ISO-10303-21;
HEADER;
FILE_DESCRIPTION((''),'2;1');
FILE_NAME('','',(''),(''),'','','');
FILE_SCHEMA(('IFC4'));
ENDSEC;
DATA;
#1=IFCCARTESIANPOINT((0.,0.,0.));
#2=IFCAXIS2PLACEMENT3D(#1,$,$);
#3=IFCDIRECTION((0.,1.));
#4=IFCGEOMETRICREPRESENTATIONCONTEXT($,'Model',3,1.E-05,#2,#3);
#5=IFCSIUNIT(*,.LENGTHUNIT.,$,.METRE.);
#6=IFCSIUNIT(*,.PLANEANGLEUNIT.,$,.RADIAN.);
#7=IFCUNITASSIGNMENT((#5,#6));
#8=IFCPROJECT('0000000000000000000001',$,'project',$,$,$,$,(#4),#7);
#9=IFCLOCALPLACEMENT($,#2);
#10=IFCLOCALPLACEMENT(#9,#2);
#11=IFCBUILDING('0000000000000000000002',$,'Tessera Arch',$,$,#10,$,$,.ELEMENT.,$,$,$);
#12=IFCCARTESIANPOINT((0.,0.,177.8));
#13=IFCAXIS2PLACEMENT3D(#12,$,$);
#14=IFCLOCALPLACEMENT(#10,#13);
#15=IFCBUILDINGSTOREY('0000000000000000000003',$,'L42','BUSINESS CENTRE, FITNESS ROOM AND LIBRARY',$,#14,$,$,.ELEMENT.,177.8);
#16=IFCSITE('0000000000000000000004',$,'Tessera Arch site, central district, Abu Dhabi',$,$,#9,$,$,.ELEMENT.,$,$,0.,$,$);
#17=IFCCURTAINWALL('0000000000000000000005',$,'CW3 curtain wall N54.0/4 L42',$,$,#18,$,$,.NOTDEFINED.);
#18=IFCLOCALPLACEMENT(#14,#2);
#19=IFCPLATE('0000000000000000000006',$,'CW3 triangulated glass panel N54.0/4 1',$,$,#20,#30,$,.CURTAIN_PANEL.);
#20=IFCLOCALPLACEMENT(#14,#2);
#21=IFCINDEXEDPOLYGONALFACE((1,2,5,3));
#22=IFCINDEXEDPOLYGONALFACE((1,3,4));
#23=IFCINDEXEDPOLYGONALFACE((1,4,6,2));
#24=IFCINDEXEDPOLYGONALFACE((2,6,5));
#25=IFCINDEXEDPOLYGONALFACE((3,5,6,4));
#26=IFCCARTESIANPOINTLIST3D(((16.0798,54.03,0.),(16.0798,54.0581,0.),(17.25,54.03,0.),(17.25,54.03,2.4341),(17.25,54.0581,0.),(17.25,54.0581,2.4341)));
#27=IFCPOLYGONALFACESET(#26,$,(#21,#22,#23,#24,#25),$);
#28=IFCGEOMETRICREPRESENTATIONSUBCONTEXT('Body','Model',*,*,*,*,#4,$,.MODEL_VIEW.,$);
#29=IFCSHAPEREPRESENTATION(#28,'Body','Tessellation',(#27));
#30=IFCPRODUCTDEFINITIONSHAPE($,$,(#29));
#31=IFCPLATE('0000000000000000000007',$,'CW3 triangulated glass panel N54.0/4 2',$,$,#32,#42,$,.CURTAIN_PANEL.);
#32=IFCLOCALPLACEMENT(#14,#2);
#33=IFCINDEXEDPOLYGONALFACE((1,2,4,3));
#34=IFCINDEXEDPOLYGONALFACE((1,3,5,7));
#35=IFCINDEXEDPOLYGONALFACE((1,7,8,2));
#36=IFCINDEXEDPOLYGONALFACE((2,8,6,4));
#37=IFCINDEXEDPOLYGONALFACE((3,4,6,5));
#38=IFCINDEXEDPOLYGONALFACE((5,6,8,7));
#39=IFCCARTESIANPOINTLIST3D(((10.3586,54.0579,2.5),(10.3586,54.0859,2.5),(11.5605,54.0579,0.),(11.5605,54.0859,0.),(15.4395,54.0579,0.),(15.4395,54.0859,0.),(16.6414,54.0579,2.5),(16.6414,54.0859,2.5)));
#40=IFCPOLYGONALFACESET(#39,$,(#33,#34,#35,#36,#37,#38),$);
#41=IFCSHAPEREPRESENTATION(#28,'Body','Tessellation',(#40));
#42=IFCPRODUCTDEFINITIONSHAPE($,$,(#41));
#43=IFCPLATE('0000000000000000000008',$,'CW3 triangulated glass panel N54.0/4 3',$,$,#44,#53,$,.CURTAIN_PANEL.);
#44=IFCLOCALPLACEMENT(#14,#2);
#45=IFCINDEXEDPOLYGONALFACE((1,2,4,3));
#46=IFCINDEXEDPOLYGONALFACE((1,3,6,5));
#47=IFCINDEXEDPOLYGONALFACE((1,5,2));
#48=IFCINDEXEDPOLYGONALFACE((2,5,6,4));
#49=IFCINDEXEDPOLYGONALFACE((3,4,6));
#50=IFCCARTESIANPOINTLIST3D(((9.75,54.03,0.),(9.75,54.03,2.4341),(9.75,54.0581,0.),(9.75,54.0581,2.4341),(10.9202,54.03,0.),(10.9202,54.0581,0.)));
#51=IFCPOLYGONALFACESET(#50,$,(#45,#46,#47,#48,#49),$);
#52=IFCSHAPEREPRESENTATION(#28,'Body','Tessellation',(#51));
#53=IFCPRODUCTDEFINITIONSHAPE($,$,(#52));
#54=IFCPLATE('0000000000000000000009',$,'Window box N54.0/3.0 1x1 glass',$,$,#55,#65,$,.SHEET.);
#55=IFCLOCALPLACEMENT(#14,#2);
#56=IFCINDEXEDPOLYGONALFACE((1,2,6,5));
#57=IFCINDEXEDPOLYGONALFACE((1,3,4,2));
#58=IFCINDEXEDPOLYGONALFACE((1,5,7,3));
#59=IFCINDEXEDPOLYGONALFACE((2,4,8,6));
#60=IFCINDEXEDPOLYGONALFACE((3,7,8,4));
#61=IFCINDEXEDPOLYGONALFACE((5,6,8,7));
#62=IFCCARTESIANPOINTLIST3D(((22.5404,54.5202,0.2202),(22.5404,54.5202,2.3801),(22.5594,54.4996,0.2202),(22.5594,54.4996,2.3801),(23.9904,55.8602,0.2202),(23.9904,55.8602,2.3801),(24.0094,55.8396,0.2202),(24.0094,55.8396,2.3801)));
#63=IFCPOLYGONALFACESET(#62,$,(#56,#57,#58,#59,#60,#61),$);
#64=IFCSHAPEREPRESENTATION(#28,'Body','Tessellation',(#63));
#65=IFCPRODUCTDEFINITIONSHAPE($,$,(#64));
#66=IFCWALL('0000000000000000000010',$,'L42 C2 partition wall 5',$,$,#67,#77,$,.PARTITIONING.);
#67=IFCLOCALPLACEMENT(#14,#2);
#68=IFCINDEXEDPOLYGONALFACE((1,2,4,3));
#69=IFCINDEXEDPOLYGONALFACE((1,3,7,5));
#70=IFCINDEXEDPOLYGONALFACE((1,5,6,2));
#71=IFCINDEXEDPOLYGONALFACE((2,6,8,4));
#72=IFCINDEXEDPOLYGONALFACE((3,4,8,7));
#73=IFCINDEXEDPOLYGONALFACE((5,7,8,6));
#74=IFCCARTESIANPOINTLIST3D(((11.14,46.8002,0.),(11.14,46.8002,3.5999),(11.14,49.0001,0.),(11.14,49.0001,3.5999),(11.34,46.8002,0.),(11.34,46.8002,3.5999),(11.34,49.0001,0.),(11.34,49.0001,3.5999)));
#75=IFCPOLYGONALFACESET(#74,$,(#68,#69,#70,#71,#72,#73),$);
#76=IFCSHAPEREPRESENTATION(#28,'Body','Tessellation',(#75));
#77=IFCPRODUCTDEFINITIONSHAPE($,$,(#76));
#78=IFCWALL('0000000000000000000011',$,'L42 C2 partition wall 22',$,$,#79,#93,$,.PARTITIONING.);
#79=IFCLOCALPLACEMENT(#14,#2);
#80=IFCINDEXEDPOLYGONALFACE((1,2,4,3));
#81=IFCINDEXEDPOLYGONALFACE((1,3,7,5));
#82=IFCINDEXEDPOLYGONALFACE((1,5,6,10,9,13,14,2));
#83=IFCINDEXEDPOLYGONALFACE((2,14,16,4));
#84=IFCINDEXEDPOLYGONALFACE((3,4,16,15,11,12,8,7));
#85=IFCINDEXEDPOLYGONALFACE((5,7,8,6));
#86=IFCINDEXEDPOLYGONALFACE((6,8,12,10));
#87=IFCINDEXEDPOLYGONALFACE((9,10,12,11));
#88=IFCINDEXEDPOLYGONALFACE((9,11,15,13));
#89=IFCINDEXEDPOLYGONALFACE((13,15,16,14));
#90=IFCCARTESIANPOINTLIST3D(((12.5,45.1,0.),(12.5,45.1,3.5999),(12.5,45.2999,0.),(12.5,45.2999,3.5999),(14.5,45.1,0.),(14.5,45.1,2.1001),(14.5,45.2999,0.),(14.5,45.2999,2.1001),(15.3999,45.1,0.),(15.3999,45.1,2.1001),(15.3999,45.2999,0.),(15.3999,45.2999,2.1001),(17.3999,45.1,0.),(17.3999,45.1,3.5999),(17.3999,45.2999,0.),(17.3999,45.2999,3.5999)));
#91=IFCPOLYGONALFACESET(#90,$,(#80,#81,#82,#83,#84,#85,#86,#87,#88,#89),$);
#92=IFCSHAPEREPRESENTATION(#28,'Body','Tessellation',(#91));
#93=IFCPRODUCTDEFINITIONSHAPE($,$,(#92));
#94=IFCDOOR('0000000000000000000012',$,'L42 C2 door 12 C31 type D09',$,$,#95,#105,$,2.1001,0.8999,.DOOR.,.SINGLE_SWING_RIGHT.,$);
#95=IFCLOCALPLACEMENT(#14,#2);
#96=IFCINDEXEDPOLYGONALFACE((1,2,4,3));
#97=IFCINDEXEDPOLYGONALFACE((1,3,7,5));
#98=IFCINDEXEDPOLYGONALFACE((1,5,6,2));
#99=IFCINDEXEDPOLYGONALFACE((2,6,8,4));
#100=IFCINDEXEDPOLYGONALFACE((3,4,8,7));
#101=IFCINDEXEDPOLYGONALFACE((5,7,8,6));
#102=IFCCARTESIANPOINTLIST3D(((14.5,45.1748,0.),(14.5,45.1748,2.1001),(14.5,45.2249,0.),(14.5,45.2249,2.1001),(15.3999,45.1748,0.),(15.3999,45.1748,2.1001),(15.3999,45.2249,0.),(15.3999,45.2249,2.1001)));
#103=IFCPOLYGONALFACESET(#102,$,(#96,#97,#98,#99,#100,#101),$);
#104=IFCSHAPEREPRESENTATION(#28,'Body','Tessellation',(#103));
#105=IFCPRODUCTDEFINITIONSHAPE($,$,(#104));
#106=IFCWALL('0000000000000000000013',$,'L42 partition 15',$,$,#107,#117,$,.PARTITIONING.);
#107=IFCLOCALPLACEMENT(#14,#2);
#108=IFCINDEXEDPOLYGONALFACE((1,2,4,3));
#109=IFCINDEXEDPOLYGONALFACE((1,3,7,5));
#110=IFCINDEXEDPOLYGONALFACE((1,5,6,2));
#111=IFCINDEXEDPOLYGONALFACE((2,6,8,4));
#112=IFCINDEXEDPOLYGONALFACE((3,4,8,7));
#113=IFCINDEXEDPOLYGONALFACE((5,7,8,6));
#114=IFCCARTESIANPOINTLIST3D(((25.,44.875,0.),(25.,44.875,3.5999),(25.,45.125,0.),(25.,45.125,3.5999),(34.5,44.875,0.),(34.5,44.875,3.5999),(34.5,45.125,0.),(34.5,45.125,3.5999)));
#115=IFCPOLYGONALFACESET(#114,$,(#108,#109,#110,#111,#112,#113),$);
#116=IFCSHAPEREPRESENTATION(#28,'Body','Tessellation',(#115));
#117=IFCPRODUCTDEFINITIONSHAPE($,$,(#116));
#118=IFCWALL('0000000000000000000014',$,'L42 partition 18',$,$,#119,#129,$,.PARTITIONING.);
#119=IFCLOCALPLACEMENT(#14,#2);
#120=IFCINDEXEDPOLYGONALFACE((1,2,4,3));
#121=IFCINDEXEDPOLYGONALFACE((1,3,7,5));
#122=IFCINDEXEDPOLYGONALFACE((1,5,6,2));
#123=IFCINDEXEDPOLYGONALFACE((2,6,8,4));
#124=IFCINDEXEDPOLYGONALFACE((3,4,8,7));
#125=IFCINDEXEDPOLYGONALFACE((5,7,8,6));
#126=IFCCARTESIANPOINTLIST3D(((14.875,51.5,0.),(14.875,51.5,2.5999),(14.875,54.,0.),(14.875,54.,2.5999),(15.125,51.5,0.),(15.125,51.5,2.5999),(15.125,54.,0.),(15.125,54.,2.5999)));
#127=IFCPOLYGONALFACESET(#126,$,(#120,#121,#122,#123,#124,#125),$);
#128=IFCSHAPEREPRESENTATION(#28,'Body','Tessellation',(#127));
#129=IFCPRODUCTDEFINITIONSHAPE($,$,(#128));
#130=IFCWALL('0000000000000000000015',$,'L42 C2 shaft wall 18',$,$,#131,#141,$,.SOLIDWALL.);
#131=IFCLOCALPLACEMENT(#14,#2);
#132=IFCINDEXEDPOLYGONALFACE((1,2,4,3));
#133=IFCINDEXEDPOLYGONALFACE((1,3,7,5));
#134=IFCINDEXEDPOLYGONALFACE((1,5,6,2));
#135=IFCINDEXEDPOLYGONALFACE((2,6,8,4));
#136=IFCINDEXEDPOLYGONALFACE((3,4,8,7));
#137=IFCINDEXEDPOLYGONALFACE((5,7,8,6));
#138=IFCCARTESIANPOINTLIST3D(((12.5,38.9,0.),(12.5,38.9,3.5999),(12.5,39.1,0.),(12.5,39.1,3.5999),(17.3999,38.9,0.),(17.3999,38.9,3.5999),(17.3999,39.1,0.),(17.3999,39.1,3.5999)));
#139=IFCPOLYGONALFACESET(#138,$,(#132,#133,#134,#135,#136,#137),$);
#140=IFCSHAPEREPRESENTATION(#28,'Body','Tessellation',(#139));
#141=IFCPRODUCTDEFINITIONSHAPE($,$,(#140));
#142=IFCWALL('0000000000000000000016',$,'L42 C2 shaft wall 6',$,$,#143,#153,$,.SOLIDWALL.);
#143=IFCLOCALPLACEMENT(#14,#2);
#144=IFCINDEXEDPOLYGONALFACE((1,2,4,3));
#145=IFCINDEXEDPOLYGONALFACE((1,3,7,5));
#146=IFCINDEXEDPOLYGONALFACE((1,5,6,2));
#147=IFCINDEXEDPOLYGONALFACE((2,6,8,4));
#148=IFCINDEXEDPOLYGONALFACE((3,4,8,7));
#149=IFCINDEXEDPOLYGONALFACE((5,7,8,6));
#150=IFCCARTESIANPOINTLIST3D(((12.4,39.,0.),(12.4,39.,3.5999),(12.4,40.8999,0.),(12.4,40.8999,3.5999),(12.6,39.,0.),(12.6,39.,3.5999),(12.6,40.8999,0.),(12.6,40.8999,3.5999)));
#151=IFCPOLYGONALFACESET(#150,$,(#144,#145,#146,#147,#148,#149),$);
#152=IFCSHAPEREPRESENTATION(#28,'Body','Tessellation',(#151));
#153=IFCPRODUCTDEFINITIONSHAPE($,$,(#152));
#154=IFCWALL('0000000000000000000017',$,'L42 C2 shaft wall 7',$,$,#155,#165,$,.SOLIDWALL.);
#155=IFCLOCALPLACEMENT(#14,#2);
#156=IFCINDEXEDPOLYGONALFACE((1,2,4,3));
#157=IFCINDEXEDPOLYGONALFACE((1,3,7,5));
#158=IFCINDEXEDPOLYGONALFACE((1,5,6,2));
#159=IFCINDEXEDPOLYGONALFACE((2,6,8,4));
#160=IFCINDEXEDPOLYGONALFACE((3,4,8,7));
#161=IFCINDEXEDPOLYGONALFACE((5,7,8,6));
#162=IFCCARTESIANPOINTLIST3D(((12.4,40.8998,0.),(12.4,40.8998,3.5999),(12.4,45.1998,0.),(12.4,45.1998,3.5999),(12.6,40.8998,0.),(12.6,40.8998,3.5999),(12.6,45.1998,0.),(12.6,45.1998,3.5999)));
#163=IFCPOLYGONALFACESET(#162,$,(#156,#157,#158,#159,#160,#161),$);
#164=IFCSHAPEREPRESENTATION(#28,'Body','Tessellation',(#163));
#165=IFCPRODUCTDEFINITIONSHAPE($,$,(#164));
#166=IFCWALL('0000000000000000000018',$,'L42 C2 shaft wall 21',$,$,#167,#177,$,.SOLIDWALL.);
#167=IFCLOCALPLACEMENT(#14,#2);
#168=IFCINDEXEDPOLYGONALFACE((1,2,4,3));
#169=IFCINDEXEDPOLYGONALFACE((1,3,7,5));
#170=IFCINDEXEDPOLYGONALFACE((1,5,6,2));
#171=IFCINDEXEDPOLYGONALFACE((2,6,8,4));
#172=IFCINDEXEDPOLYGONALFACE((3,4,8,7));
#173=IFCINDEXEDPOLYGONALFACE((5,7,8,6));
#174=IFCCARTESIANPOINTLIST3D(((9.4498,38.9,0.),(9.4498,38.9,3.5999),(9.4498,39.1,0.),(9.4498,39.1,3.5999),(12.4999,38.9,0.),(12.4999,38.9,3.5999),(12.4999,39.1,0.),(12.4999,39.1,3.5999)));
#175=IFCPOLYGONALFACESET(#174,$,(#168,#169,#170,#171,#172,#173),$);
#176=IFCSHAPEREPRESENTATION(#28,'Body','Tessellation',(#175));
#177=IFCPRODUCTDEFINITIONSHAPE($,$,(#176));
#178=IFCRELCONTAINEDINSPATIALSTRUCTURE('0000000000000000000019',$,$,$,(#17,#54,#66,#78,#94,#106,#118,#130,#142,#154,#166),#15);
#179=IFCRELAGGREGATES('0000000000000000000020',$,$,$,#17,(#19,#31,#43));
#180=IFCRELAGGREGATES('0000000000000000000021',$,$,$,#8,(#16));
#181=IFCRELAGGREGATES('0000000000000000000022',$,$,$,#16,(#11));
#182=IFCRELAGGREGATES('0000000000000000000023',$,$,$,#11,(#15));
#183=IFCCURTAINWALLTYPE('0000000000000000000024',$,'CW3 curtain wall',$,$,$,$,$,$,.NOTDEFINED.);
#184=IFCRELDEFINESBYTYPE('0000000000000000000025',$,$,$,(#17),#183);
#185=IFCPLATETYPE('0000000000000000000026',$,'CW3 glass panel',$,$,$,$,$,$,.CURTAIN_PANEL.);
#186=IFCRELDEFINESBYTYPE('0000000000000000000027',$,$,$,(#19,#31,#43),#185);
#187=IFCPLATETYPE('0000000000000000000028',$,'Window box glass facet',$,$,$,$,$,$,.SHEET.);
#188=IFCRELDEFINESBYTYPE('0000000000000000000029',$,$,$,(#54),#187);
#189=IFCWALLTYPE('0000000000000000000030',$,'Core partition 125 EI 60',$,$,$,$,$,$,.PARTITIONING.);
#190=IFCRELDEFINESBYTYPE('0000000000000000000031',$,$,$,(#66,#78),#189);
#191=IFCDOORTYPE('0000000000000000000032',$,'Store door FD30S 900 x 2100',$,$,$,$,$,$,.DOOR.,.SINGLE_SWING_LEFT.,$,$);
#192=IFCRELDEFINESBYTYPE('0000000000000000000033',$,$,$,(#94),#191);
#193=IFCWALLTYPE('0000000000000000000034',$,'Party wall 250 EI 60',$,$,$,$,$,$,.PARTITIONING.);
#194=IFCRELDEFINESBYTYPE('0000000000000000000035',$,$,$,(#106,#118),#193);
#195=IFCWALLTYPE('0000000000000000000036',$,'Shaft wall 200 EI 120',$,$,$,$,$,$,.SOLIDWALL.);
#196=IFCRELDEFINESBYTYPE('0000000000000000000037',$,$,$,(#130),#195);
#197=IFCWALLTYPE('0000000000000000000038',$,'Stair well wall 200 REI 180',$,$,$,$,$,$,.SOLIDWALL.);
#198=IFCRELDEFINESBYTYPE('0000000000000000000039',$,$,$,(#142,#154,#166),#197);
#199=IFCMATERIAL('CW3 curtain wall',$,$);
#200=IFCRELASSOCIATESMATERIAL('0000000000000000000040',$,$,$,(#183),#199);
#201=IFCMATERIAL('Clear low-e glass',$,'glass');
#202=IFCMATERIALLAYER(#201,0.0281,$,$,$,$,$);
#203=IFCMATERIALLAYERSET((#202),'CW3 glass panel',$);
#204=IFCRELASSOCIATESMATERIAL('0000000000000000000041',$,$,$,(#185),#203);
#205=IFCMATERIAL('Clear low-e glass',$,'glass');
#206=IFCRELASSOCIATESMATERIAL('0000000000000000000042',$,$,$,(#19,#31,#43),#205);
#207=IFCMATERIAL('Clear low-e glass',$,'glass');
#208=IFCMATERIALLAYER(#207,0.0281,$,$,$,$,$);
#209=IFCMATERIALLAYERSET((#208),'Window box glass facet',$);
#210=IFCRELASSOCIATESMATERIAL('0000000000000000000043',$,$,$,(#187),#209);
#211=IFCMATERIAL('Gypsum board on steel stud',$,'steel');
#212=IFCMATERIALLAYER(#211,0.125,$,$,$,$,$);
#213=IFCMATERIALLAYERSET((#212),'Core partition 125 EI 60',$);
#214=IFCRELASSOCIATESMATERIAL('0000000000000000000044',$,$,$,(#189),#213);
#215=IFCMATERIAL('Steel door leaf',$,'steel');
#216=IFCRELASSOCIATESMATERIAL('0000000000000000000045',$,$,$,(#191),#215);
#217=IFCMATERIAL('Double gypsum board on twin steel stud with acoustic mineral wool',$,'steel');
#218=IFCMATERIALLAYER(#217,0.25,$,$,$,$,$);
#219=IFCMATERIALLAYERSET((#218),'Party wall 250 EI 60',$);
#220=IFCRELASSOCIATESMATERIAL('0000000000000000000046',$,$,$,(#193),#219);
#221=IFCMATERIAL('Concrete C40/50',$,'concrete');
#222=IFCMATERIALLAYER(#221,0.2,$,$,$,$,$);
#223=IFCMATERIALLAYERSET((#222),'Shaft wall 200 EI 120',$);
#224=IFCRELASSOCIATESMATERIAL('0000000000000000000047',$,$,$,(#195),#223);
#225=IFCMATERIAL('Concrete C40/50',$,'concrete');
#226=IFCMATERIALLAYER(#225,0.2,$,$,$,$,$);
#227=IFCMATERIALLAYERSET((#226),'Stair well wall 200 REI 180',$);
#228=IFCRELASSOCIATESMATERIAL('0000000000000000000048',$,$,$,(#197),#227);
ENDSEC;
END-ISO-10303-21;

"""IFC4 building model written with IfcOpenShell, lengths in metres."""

from ifc_helpers import new_model, si_unit, direction, frame, frame_2d, origin, origin_2d, place, context, subcontext, project, spatial, polyline, rectangle, outline, extrude, material, layer, layer_set, type_object, element, fill, aggregate, save


model = new_model("IFC4")

# Units and contexts
model_context = context("Model", 3, precision=1e-05, world=origin(), true_north=direction((0.0, 1.0)))
body_context = subcontext(model_context, "Body", "Model", "MODEL_VIEW")
ifc_project = project(units=[si_unit("LENGTHUNIT", "METRE"), si_unit("PLANEANGLEUNIT", "RADIAN")], contexts=[model_context])

# Site, building, storey
site_placement = place(None, origin())
site = spatial("IfcSite", under=ifc_project, at=site_placement, Name="Tessera Arch site, central district, Abu Dhabi", CompositionType="ELEMENT", RefElevation=0.0)
building_placement = place(site_placement, origin())
building = spatial("IfcBuilding", under=site, at=building_placement, Name="Tessera Arch", CompositionType="ELEMENT")
storey_placement = place(building_placement, frame((0.0, 0.0, 177.8)))
storey = spatial("IfcBuildingStorey", under=building, at=storey_placement, Name="L42", Description="BUSINESS CENTRE, FITNESS ROOM AND LIBRARY", CompositionType="ELEMENT", Elevation=177.8)

# Curtain wall
ifc_material_1 = material(Name="CW3 curtain wall")
curtain_wall_type_1 = type_object("IfcCurtainWallType", Name="CW3 curtain wall", PredefinedType="NOTDEFINED", material=ifc_material_1)
curtain_wall_1_placement = place(storey_placement, origin())
curtain_wall_1 = element("IfcCurtainWall", 1, at=curtain_wall_1_placement, inside=storey, type_object=curtain_wall_type_1, Name="CW3 curtain wall N54.0/4 L42", PredefinedType="NOTDEFINED")

# Plates
ifc_material_2 = material(Name="Clear low-e glass", Category="glass")
ifc_material_3 = material(Name="Clear low-e glass", Category="glass")
ifc_layer_1 = layer(ifc_material_3, 0.0281)
ifc_layer_set_1 = layer_set([ifc_layer_1], Name="CW3 glass panel")
plate_type_1 = type_object("IfcPlateType", Name="CW3 glass panel", PredefinedType="CURTAIN_PANEL", material=ifc_layer_set_1)
plate_1_placement = place(storey_placement, frame((17.25, 54.0581, 0.0), z_axis=(0.0, 1.0, 0.0), x_axis=(-1.0, 0.0, 0.0)))
plate_1 = element("IfcPlate", 2, at=plate_1_placement, type_object=plate_type_1, material=ifc_material_2, Name="CW3 triangulated glass panel N54.0/4 1", PredefinedType="CURTAIN_PANEL", context=body_context, shape_type="SweptSolid", body=[
    extrude(outline(polyline([(0.0, 0.0), (1.1702, 0.0), (0.0, 2.4341), (0.0, 0.0)])), origin(), (0.0, 0.0, -1.0), 0.0281),
])
plate_2_placement = place(storey_placement, frame((10.3586, 54.0859, 2.5), z_axis=(0.0, 1.0, 0.0), x_axis=(1.0, 0.0, 0.0)))
plate_2 = element("IfcPlate", 3, at=plate_2_placement, type_object=plate_type_1, material=ifc_material_2, Name="CW3 triangulated glass panel N54.0/4 2", PredefinedType="CURTAIN_PANEL", context=body_context, shape_type="SweptSolid", body=[
    extrude(outline(polyline([(0.0, 0.0), (6.2827, 0.0), (5.0808, 2.5), (1.2019, 2.5), (0.0, 0.0)])), origin(), (0.0, 0.0, -1.0), 0.0281),
])
plate_3_placement = place(storey_placement, frame((9.75, 54.0581, 0.0), z_axis=(0.0, 1.0, 0.0), x_axis=(0.0, 0.0, 1.0)))
plate_3 = element("IfcPlate", 4, at=plate_3_placement, type_object=plate_type_1, material=ifc_material_2, Name="CW3 triangulated glass panel N54.0/4 3", PredefinedType="CURTAIN_PANEL", context=body_context, shape_type="SweptSolid", body=[
    extrude(outline(polyline([(0.0, 0.0), (2.4341, 0.0), (0.0, 1.1702), (0.0, 0.0)])), origin(), (0.0, 0.0, -1.0), 0.0281),
])
aggregate(curtain_wall_1, [plate_1, plate_2, plate_3])
ifc_material_4 = material(Name="Clear low-e glass", Category="glass")
ifc_layer_2 = layer(ifc_material_4, 0.0281)
ifc_layer_set_2 = layer_set([ifc_layer_2], Name="Window box glass facet")
plate_type_2 = type_object("IfcPlateType", Name="Window box glass facet", PredefinedType="SHEET", material=ifc_layer_set_2)
plate_4_placement = place(storey_placement, frame((23.2749, 55.1799, 0.2202), z_axis=(0.0, 0.0, 1.0), x_axis=(0.734415, 0.678701, 0.0)))
element("IfcPlate", 5, at=plate_4_placement, inside=storey, type_object=plate_type_2, Name="Window box N54.0/3.0 1x1 glass", PredefinedType="SHEET", context=body_context, shape_type="SweptSolid", body=[
    extrude(rectangle(XDim=1.9744, YDim=0.0281, at=origin_2d()), origin(), (0.0, 0.0, 1.0), 2.1599),
])

# Wall
ifc_material_5 = material(Name="Gypsum board on steel stud", Category="steel")
ifc_layer_3 = layer(ifc_material_5, 0.125)
ifc_layer_set_3 = layer_set([ifc_layer_3], Name="Core partition 125 EI 60")
wall_type_1 = type_object("IfcWallType", Name="Core partition 125 EI 60", PredefinedType="PARTITIONING", material=ifc_layer_set_3)
wall_1_placement = place(storey_placement, frame((11.24, 46.8, 0.0), z_axis=(0.0, 0.0, 1.0), x_axis=(0.0, 1.0, 0.0)))
element("IfcWall", 6, at=wall_1_placement, inside=storey, type_object=wall_type_1, Name="L42 C2 partition wall 5", PredefinedType="PARTITIONING", context=body_context, shape_type="SweptSolid", body=[
    extrude(rectangle(XDim=2.2, YDim=0.2, at=frame_2d((1.1001, 0.0))), origin(), (0.0, 0.0, 1.0), 3.5999),
])

# Wall, opening, door
wall_2_placement = place(storey_placement, frame((12.5, 45.2, 0.0), z_axis=(0.0, 0.0, 1.0), x_axis=(1.0, 0.0, 0.0)))
wall_2 = element("IfcWall", 7, at=wall_2_placement, inside=storey, type_object=wall_type_1, Name="L42 C2 partition wall 22", PredefinedType="PARTITIONING", context=body_context, shape_type="SweptSolid", body=[
    extrude(rectangle(XDim=4.8999, YDim=0.2, at=frame_2d((2.45, 0.0))), origin(), (0.0, 0.0, 1.0), 3.5999),
])
opening_placement = place(wall_2_placement, frame((2.0, 0.0, 0.0)))
opening = element("IfcOpeningElement", 8, at=opening_placement, cuts=wall_2, PredefinedType="OPENING", context=body_context, shape_type="SweptSolid", body=[
    extrude(rectangle(XDim=0.8999, YDim=2.1001, at=frame_2d((0.45, 1.05))), frame((0.0, 0.1099, 0.0), z_axis=(0.0, -1.0, 0.0), x_axis=(1.0, 0.0, 0.0)), (0.0, 0.0, 1.0), 0.22),
])
ifc_material_6 = material(Name="Steel door leaf", Category="steel")
door_type = type_object("IfcDoorType", Name="Store door FD30S 900 x 2100", OperationType="SINGLE_SWING_LEFT", PredefinedType="DOOR", material=ifc_material_6)
door_placement = place(opening_placement, origin())
door = element("IfcDoor", 9, at=door_placement, inside=storey, type_object=door_type, Name="L42 C2 door 12 C31 type D09", OperationType="SINGLE_SWING_RIGHT", OverallHeight=2.1001, OverallWidth=0.8999, PredefinedType="DOOR", context=body_context, shape_type="SweptSolid", body=[
    extrude(rectangle(XDim=0.8999, YDim=2.1001, at=frame_2d((0.45, 1.05))), frame((0.0, 0.0249, 0.0), z_axis=(0.0, -1.0, 0.0), x_axis=(1.0, 0.0, 0.0)), (0.0, 0.0, 1.0), 0.05),
])
fill(opening, door)

# Walls
ifc_material_7 = material(Name="Double gypsum board on twin steel stud with acoustic mineral wool", Category="steel")
ifc_layer_4 = layer(ifc_material_7, 0.25)
ifc_layer_set_4 = layer_set([ifc_layer_4], Name="Party wall 250 EI 60")
wall_type_2 = type_object("IfcWallType", Name="Party wall 250 EI 60", PredefinedType="PARTITIONING", material=ifc_layer_set_4)
wall_3_placement = place(storey_placement, frame((25.0, 45.0, 0.0), z_axis=(0.0, 0.0, 1.0), x_axis=(1.0, 0.0, 0.0)))
element("IfcWall", 10, at=wall_3_placement, inside=storey, type_object=wall_type_2, Name="L42 partition 15", PredefinedType="PARTITIONING", context=body_context, shape_type="SweptSolid", body=[
    extrude(rectangle(XDim=9.5, YDim=0.25, at=frame_2d((4.75, 0.0))), origin(), (0.0, 0.0, 1.0), 3.5999),
])
wall_4_placement = place(storey_placement, frame((15.0, 51.5, 0.0), z_axis=(0.0, 0.0, 1.0), x_axis=(0.0, 1.0, 0.0)))
element("IfcWall", 11, at=wall_4_placement, inside=storey, type_object=wall_type_2, Name="L42 partition 18", PredefinedType="PARTITIONING", context=body_context, shape_type="SweptSolid", body=[
    extrude(rectangle(XDim=2.5, YDim=0.25, at=frame_2d((1.25, 0.0))), origin(), (0.0, 0.0, 1.0), 2.5999),
])
ifc_material_8 = material(Name="Concrete C40/50", Category="concrete")
ifc_layer_5 = layer(ifc_material_8, 0.2)
ifc_layer_set_5 = layer_set([ifc_layer_5], Name="Shaft wall 200 EI 120")
wall_type_3 = type_object("IfcWallType", Name="Shaft wall 200 EI 120", PredefinedType="SOLIDWALL", material=ifc_layer_set_5)
wall_5_placement = place(storey_placement, frame((12.5, 39.0, 0.0), z_axis=(0.0, 0.0, 1.0), x_axis=(1.0, 0.0, 0.0)))
element("IfcWall", 12, at=wall_5_placement, inside=storey, type_object=wall_type_3, Name="L42 C2 shaft wall 18", PredefinedType="SOLIDWALL", context=body_context, shape_type="SweptSolid", body=[
    extrude(rectangle(XDim=4.8999, YDim=0.2, at=frame_2d((2.45, 0.0))), origin(), (0.0, 0.0, 1.0), 3.5999),
])
ifc_material_9 = material(Name="Concrete C40/50", Category="concrete")
ifc_layer_6 = layer(ifc_material_9, 0.2)
ifc_layer_set_6 = layer_set([ifc_layer_6], Name="Stair well wall 200 REI 180")
wall_type_4 = type_object("IfcWallType", Name="Stair well wall 200 REI 180", PredefinedType="SOLIDWALL", material=ifc_layer_set_6)
wall_6_placement = place(storey_placement, frame((12.5, 39.0, 0.0), z_axis=(0.0, 0.0, 1.0), x_axis=(0.0, 1.0, 0.0)))
element("IfcWall", 13, at=wall_6_placement, inside=storey, type_object=wall_type_4, Name="L42 C2 shaft wall 6", PredefinedType="SOLIDWALL", context=body_context, shape_type="SweptSolid", body=[
    extrude(rectangle(XDim=1.8999, YDim=0.2, at=frame_2d((0.95, 0.0))), origin(), (0.0, 0.0, 1.0), 3.5999),
])
wall_7_placement = place(storey_placement, frame((12.5, 40.8999, 0.0), z_axis=(0.0, 0.0, 1.0), x_axis=(0.0, 1.0, 0.0)))
element("IfcWall", 14, at=wall_7_placement, inside=storey, type_object=wall_type_4, Name="L42 C2 shaft wall 7", PredefinedType="SOLIDWALL", context=body_context, shape_type="SweptSolid", body=[
    extrude(rectangle(XDim=4.3, YDim=0.2, at=frame_2d((2.1499, 0.0))), origin(), (0.0, 0.0, 1.0), 3.5999),
])
wall_8_placement = place(storey_placement, frame((9.45, 39.0, 0.0), z_axis=(0.0, 0.0, 1.0), x_axis=(1.0, 0.0, 0.0)))
element("IfcWall", 15, at=wall_8_placement, inside=storey, type_object=wall_type_4, Name="L42 C2 shaft wall 21", PredefinedType="SOLIDWALL", context=body_context, shape_type="SweptSolid", body=[
    extrude(rectangle(XDim=3.05, YDim=0.2, at=frame_2d((1.5249, 0.0))), origin(), (0.0, 0.0, 1.0), 3.5999),
])

save(model, "model.ifc")
